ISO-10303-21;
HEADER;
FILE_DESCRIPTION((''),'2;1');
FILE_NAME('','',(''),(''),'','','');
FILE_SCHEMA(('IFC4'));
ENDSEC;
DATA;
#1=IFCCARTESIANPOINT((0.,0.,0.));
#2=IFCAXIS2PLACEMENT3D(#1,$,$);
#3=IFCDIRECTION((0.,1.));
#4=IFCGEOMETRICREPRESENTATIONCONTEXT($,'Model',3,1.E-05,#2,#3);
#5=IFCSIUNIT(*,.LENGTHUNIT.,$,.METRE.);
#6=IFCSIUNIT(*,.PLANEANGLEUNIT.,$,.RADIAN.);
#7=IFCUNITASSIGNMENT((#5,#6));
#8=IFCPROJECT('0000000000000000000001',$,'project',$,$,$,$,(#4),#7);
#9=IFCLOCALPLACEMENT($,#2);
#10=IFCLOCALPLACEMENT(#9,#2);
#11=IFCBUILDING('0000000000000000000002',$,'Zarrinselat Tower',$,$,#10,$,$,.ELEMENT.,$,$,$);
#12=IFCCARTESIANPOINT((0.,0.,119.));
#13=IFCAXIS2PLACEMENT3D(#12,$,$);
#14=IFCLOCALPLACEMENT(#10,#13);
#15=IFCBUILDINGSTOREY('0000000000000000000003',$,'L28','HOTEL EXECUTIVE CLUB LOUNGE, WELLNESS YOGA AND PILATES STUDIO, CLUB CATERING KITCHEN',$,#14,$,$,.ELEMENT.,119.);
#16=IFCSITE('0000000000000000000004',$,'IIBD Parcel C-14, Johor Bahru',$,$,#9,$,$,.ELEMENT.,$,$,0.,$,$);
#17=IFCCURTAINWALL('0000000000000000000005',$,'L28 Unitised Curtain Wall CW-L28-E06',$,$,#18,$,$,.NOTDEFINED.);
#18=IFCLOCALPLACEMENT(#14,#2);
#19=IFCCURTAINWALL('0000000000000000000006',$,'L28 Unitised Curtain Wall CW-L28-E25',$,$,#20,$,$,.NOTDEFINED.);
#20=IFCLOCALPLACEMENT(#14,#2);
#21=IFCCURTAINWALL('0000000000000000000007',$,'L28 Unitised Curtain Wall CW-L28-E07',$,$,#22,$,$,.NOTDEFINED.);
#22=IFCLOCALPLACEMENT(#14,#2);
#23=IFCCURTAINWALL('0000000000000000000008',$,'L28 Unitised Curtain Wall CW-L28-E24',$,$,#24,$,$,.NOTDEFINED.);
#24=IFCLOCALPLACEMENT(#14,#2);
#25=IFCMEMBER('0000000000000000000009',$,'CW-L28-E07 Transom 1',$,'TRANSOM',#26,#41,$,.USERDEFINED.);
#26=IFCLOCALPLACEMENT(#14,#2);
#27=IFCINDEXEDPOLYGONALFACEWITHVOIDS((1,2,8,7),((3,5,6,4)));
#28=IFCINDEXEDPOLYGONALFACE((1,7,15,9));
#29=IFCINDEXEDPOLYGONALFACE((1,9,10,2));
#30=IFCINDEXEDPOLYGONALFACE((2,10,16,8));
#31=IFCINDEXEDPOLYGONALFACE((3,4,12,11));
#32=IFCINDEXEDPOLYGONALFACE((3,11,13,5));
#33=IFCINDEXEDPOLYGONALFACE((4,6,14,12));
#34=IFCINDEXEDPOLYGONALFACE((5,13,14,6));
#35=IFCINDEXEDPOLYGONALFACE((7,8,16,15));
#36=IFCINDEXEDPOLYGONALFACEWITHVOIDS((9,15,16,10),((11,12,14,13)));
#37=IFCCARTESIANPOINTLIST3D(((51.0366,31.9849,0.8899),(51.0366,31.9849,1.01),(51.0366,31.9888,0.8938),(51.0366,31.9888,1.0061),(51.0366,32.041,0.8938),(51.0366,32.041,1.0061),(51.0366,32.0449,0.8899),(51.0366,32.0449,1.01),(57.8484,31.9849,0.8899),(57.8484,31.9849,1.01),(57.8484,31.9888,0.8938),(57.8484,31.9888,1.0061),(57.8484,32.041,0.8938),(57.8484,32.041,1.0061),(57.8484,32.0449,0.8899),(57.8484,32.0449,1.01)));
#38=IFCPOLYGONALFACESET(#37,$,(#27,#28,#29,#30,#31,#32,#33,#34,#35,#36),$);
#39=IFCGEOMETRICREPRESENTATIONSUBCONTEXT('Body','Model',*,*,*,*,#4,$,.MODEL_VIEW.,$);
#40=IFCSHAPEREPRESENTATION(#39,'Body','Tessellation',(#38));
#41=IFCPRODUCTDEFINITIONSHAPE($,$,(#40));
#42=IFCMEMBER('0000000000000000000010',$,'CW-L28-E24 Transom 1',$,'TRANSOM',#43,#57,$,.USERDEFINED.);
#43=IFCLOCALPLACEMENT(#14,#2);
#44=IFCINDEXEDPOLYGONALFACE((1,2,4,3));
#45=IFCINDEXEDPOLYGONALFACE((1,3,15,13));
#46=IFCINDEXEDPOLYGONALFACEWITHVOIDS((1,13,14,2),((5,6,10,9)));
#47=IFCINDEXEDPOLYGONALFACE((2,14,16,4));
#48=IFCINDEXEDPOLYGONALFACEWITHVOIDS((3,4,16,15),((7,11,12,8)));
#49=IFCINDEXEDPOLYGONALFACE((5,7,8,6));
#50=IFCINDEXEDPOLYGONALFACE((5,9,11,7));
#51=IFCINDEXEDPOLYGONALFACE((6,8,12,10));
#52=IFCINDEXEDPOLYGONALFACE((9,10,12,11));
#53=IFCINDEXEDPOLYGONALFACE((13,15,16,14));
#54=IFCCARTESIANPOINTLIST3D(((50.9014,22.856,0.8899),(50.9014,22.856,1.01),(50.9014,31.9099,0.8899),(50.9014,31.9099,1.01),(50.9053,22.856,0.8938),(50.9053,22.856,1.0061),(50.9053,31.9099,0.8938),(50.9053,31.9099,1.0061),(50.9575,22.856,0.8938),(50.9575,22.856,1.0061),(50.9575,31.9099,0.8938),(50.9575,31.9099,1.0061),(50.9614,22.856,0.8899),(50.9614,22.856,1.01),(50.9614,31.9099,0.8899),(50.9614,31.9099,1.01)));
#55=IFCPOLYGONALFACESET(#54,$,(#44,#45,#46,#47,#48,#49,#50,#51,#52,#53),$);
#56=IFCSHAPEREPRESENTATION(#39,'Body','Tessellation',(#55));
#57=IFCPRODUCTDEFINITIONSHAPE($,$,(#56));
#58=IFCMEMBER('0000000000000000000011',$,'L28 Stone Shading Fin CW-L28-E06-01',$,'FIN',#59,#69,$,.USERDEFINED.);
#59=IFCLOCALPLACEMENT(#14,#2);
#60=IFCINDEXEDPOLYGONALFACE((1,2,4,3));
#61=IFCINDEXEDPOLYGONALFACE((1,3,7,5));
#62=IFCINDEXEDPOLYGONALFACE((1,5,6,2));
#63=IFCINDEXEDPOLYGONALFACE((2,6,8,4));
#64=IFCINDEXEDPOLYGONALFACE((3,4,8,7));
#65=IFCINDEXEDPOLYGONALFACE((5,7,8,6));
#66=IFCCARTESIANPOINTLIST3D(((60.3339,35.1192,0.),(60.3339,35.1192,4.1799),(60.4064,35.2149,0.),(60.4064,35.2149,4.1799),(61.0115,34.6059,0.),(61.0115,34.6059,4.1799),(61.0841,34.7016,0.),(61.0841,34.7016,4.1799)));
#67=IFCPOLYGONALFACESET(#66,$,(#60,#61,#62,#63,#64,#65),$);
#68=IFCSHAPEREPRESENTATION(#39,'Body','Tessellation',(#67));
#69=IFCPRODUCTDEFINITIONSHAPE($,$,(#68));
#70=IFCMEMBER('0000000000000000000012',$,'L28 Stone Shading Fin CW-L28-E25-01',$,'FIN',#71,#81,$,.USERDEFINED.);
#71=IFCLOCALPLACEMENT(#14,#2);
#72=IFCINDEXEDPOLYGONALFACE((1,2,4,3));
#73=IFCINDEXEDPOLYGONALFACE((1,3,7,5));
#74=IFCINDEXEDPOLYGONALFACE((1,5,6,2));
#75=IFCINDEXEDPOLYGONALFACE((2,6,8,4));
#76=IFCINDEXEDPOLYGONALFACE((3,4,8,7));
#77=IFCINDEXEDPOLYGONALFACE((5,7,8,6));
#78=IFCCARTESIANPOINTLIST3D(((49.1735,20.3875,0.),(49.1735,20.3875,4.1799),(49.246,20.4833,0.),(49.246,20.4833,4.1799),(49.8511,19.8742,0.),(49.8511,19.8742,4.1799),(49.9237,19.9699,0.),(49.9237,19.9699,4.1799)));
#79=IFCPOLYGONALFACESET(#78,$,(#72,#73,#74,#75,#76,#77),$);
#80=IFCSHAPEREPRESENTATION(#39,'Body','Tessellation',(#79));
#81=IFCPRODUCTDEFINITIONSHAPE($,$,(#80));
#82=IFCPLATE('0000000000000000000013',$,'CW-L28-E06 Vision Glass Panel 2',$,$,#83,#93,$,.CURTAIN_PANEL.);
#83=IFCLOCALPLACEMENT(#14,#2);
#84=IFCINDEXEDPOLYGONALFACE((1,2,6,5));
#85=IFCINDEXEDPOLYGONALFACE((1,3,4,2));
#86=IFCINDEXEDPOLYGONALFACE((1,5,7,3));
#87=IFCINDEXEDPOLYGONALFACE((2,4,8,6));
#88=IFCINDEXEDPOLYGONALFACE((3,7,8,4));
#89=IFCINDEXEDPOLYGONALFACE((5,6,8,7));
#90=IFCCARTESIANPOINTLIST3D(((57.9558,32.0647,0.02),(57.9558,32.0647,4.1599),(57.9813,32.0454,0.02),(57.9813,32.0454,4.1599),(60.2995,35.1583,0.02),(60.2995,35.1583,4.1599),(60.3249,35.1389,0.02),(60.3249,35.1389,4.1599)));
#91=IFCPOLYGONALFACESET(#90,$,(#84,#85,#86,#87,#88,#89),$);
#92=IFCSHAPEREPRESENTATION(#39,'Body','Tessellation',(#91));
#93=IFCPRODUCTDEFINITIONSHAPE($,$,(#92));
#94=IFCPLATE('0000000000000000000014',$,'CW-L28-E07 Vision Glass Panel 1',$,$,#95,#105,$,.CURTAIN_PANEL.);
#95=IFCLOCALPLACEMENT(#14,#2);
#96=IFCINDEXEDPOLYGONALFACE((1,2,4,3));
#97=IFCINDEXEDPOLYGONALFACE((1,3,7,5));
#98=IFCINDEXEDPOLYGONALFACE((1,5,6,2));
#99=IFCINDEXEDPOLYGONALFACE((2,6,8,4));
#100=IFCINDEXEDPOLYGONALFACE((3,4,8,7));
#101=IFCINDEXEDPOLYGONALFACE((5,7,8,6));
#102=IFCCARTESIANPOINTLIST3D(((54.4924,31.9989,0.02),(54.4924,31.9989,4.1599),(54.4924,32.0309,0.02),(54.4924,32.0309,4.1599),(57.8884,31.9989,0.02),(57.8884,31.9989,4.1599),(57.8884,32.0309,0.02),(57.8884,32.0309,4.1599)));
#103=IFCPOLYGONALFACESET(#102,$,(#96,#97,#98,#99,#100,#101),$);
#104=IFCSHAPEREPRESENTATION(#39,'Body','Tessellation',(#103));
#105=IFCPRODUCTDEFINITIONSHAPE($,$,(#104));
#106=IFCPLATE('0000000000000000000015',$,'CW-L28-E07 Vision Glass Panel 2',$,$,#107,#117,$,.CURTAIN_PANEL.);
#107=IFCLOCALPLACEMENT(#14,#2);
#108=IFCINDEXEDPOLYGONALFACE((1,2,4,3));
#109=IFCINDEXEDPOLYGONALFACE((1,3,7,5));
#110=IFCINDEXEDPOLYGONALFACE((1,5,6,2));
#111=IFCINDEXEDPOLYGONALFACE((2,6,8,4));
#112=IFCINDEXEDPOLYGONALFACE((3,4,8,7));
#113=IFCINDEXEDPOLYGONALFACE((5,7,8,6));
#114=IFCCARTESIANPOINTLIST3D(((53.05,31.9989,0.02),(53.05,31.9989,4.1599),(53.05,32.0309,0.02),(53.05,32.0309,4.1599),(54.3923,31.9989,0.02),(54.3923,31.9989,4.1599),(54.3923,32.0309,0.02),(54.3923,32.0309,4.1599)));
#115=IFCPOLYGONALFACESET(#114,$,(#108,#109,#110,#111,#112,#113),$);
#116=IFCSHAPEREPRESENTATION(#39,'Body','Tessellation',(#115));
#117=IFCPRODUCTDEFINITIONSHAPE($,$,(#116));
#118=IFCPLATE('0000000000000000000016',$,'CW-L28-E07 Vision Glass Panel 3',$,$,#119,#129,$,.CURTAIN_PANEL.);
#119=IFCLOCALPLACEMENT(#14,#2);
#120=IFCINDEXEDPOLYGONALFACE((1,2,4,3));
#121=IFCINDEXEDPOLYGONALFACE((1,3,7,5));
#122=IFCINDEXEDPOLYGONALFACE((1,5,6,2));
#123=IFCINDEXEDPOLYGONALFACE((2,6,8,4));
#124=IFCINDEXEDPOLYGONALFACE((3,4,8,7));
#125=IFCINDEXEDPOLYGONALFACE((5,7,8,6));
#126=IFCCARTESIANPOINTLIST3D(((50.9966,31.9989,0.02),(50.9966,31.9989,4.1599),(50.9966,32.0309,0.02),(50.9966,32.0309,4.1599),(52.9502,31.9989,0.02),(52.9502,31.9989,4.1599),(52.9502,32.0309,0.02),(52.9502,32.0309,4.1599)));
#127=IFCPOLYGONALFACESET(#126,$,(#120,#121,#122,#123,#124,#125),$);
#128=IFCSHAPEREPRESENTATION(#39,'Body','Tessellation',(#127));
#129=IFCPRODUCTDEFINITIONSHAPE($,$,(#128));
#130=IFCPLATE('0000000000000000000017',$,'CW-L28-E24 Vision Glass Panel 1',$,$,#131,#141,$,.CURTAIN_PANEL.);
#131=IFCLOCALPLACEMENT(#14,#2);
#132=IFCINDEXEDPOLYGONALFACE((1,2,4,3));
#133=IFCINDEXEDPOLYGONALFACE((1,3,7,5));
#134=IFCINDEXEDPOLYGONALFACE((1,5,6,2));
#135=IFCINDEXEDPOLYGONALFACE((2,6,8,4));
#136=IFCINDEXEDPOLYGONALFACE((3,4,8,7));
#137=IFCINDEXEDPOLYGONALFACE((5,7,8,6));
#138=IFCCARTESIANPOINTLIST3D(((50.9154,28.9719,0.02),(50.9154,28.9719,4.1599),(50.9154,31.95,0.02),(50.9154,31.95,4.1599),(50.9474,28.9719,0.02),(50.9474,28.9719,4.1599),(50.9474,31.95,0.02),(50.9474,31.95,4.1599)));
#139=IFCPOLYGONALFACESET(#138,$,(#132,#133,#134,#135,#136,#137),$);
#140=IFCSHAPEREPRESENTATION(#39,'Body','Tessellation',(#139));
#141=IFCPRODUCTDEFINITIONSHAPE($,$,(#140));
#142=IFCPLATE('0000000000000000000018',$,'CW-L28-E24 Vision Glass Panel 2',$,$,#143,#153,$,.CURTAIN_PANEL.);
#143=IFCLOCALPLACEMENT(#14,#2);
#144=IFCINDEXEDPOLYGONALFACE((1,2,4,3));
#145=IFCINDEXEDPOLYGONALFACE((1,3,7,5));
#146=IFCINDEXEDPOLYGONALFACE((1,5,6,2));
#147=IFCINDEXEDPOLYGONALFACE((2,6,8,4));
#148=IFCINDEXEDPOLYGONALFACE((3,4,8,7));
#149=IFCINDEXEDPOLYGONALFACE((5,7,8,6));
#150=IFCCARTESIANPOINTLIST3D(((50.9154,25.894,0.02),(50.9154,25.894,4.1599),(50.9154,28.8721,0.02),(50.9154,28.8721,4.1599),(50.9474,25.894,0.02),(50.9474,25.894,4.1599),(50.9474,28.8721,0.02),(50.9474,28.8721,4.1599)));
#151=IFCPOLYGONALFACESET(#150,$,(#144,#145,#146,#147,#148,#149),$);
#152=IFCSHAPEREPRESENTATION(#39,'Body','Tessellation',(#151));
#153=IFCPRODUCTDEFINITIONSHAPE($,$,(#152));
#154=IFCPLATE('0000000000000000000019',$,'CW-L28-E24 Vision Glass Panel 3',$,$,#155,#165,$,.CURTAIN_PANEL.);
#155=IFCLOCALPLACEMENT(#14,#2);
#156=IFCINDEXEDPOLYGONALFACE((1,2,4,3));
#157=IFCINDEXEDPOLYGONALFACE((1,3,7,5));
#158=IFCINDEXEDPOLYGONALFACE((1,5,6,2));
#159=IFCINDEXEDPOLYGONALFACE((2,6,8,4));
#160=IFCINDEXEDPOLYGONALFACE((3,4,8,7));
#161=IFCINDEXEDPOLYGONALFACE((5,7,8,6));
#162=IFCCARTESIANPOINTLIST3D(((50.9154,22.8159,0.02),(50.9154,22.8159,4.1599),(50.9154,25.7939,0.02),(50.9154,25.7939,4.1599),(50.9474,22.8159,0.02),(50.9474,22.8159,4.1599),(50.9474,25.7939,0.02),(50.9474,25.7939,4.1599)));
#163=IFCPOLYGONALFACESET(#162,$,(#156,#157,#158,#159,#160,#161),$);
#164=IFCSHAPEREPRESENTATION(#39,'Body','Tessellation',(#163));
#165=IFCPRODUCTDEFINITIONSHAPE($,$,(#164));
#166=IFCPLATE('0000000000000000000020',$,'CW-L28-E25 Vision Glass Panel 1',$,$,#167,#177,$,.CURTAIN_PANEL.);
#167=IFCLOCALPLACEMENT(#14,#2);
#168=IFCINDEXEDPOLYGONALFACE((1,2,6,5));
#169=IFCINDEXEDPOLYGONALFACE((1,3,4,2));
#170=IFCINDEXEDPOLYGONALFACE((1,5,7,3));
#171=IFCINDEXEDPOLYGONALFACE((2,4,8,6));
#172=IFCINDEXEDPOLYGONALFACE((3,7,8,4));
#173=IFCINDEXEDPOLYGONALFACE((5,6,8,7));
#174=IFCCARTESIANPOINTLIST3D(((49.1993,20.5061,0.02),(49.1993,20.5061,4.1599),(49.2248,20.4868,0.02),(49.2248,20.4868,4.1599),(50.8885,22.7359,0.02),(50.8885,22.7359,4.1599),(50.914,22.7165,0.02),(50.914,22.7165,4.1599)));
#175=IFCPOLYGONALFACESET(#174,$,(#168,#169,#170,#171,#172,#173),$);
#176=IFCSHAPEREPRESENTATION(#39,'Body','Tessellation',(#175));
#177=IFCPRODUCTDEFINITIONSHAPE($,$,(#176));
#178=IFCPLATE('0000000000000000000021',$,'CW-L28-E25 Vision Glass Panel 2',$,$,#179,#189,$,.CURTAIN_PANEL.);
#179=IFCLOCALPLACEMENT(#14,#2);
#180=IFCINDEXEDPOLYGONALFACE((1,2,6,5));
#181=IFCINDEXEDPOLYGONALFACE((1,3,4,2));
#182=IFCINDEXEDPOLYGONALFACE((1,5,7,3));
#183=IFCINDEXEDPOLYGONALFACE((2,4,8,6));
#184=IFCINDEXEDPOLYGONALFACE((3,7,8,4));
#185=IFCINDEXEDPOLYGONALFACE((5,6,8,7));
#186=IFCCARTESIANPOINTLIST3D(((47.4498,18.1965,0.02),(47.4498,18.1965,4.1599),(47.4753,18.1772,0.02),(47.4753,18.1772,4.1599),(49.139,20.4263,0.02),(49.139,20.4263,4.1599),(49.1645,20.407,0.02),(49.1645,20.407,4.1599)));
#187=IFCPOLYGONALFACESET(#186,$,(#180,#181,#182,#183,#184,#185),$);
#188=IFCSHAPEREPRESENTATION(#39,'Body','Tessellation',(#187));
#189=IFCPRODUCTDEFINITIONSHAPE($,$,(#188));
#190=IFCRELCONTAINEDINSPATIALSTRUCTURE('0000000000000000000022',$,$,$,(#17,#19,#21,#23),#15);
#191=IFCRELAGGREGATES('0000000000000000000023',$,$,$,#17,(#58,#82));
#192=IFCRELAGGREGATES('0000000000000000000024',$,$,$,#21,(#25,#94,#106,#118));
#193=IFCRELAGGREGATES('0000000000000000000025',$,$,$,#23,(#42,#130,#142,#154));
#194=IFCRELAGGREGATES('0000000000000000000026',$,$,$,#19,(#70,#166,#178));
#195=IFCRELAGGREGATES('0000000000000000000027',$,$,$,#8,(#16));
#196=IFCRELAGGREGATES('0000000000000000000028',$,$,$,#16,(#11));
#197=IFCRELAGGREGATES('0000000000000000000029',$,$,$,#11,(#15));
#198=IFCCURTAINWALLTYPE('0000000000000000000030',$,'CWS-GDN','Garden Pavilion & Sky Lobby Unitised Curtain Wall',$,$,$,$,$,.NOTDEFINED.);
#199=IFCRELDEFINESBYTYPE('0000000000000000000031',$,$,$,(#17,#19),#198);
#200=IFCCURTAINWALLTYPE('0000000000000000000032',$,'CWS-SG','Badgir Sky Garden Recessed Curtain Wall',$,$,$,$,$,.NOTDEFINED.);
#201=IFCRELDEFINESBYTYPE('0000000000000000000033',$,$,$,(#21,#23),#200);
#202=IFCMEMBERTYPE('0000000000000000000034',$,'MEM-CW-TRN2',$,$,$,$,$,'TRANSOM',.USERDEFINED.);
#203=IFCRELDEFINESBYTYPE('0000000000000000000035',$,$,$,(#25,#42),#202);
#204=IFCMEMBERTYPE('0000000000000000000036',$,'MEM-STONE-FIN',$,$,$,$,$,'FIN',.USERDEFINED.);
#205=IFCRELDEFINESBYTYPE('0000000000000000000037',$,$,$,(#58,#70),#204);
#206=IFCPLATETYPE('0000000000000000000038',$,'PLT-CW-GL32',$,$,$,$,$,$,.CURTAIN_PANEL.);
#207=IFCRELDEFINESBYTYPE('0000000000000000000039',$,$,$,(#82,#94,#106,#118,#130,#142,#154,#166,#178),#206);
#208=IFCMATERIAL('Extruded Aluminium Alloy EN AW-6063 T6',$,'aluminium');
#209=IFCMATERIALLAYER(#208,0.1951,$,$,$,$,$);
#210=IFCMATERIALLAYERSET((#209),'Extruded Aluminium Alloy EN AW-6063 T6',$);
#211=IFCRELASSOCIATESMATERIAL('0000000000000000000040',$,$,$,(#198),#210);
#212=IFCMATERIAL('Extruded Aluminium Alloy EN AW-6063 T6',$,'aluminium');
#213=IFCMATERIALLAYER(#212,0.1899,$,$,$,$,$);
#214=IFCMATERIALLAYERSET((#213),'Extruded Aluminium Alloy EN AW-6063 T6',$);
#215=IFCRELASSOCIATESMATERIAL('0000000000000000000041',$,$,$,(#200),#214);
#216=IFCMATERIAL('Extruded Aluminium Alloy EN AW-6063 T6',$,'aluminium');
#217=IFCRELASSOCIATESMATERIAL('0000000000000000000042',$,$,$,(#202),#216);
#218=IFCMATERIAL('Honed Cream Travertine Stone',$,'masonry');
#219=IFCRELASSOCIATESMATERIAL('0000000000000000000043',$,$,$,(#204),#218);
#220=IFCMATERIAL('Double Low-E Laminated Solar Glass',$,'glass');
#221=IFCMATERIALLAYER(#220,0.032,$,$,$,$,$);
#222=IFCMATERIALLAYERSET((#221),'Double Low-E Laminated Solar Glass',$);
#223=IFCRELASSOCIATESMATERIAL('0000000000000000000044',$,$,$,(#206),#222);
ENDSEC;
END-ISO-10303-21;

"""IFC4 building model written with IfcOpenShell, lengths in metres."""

from ifc_helpers import new_model, si_unit, direction, frame, origin, origin_2d, place, context, subcontext, project, spatial, rectangle, hollow_rectangle, extrude, material, layer, layer_set, material_profile, profile_set, type_object, element, aggregate, save


model = new_model("IFC4")

# Units and contexts
model_context = context("Model", 3, precision=1e-05, world=origin(), true_north=direction((0.0, 1.0)))
body_context = subcontext(model_context, "Body", "Model", "MODEL_VIEW")
ifc_project = project(units=[si_unit("LENGTHUNIT", "METRE"), si_unit("PLANEANGLEUNIT", "RADIAN")], contexts=[model_context])

# Site, building, storey
site_placement = place(None, origin())
site = spatial("IfcSite", under=ifc_project, at=site_placement, Name="IIBD Parcel C-14, Johor Bahru", CompositionType="ELEMENT", RefElevation=0.0)
building_placement = place(site_placement, origin())
building = spatial("IfcBuilding", under=site, at=building_placement, Name="Zarrinselat Tower", CompositionType="ELEMENT")
storey_placement = place(building_placement, frame((0.0, 0.0, 119.0)))
storey = spatial("IfcBuildingStorey", under=building, at=storey_placement, Name="L28", Description="HOTEL EXECUTIVE CLUB LOUNGE, WELLNESS YOGA AND PILATES STUDIO, CLUB CATERING KITCHEN", CompositionType="ELEMENT", Elevation=119.0)

# Curtain wall
ifc_material_1 = material(Name="Extruded Aluminium Alloy EN AW-6063 T6", Category="aluminium")
ifc_layer_1 = layer(ifc_material_1, 0.1951)
ifc_layer_set_1 = layer_set([ifc_layer_1], Name="Extruded Aluminium Alloy EN AW-6063 T6")
curtain_wall_type_1 = type_object("IfcCurtainWallType", Name="CWS-GDN", Description="Garden Pavilion & Sky Lobby Unitised Curtain Wall", PredefinedType="NOTDEFINED", material=ifc_layer_set_1)
curtain_wall_1_placement = place(storey_placement, origin())
curtain_wall_1 = element("IfcCurtainWall", 1, at=curtain_wall_1_placement, inside=storey, type_object=curtain_wall_type_1, Name="L28 Unitised Curtain Wall CW-L28-E06", PredefinedType="NOTDEFINED")

# Curtain wall
curtain_wall_2_placement = place(storey_placement, origin())
curtain_wall_2 = element("IfcCurtainWall", 2, at=curtain_wall_2_placement, inside=storey, type_object=curtain_wall_type_1, Name="L28 Unitised Curtain Wall CW-L28-E25", PredefinedType="NOTDEFINED")

# Curtain walls
ifc_material_2 = material(Name="Extruded Aluminium Alloy EN AW-6063 T6", Category="aluminium")
ifc_layer_2 = layer(ifc_material_2, 0.1899)
ifc_layer_set_2 = layer_set([ifc_layer_2], Name="Extruded Aluminium Alloy EN AW-6063 T6")
curtain_wall_type_2 = type_object("IfcCurtainWallType", Name="CWS-SG", Description="Badgir Sky Garden Recessed Curtain Wall", PredefinedType="NOTDEFINED", material=ifc_layer_set_2)
curtain_wall_3_placement = place(storey_placement, origin())
curtain_wall_3 = element("IfcCurtainWall", 3, at=curtain_wall_3_placement, inside=storey, type_object=curtain_wall_type_2, Name="L28 Unitised Curtain Wall CW-L28-E07", PredefinedType="NOTDEFINED")
curtain_wall_4_placement = place(storey_placement, origin())
curtain_wall_4 = element("IfcCurtainWall", 4, at=curtain_wall_4_placement, inside=storey, type_object=curtain_wall_type_2, Name="L28 Unitised Curtain Wall CW-L28-E24", PredefinedType="NOTDEFINED")

# Members
ifc_material_3 = material(Name="Extruded Aluminium Alloy EN AW-6063 T6", Category="aluminium")
ifc_material_profile_1 = material_profile(ifc_material_3, hollow_rectangle(XDim=0.0601, YDim=0.1201, WallThickness=0.0039, at=origin_2d()), Name="RHS 120x60x4")
ifc_profile_set_1 = profile_set([ifc_material_profile_1], Name="Extruded Aluminium Alloy EN AW-6063 T6")
member_type_1 = type_object("IfcMemberType", Name="MEM-CW-TRN2", ElementType="TRANSOM", PredefinedType="USERDEFINED", material=ifc_profile_set_1)
member_1_placement = place(storey_placement, frame((57.8484, 32.0149, 0.95), z_axis=(-1.0, 0.0, 0.0), x_axis=(0.0, -1.0, 0.0)))
member_1 = element("IfcMember", 5, at=member_1_placement, type_object=member_type_1, Name="CW-L28-E07 Transom 1", ObjectType="TRANSOM", PredefinedType="USERDEFINED", context=body_context, shape_type="SweptSolid", body=[
    extrude(hollow_rectangle(XDim=0.0601, YDim=0.1201, WallThickness=0.0039, at=origin_2d()), origin(), (0.0, 0.0, 1.0), 6.8118),
])
member_2_placement = place(storey_placement, frame((50.9314, 31.9099, 0.95), z_axis=(0.0, -1.0, 0.0), x_axis=(1.0, 0.0, 0.0)))
member_2 = element("IfcMember", 6, at=member_2_placement, type_object=member_type_1, Name="CW-L28-E24 Transom 1", ObjectType="TRANSOM", PredefinedType="USERDEFINED", context=body_context, shape_type="SweptSolid", body=[
    extrude(hollow_rectangle(XDim=0.0601, YDim=0.1201, WallThickness=0.0039, at=origin_2d()), origin(), (0.0, 0.0, 1.0), 9.054),
])
ifc_material_4 = material(Name="Honed Cream Travertine Stone", Category="masonry")
ifc_material_profile_2 = material_profile(ifc_material_4, rectangle(XDim=0.1201, YDim=0.8501, at=origin_2d()), Name="FIN 850x120")
ifc_profile_set_2 = profile_set([ifc_material_profile_2], Name="Honed Cream Travertine Stone")
member_type_2 = type_object("IfcMemberType", Name="MEM-STONE-FIN", ElementType="FIN", PredefinedType="USERDEFINED", material=ifc_profile_set_2)
member_3_placement = place(storey_placement, frame((60.709, 34.9104, 0.0), z_axis=(0.0, 0.0, 1.0), x_axis=(-0.60386, -0.79709, 0.0)))
member_3 = element("IfcMember", 7, at=member_3_placement, type_object=member_type_2, Name="L28 Stone Shading Fin CW-L28-E06-01", ObjectType="FIN", PredefinedType="USERDEFINED", context=body_context, shape_type="SweptSolid", body=[
    extrude(rectangle(XDim=0.1201, YDim=0.8501, at=origin_2d()), origin(), (0.0, 0.0, 1.0), 4.1799),
])
member_4_placement = place(storey_placement, frame((49.5486, 20.1787, 0.0), z_axis=(0.0, 0.0, 1.0), x_axis=(-0.60386, -0.79709, 0.0)))
member_4 = element("IfcMember", 8, at=member_4_placement, type_object=member_type_2, Name="L28 Stone Shading Fin CW-L28-E25-01", ObjectType="FIN", PredefinedType="USERDEFINED", context=body_context, shape_type="SweptSolid", body=[
    extrude(rectangle(XDim=0.1201, YDim=0.8501, at=origin_2d()), origin(), (0.0, 0.0, 1.0), 4.1799),
])

# Plates
ifc_material_5 = material(Name="Double Low-E Laminated Solar Glass", Category="glass")
ifc_layer_3 = layer(ifc_material_5, 0.032)
ifc_layer_set_3 = layer_set([ifc_layer_3], Name="Double Low-E Laminated Solar Glass")
plate_type = type_object("IfcPlateType", Name="PLT-CW-GL32", PredefinedType="CURTAIN_PANEL", material=ifc_layer_set_3)
plate_1_placement = place(storey_placement, frame((59.1404, 33.6018, 0.02), z_axis=(0.0, 0.0, 1.0), x_axis=(-0.60386, -0.79709, 0.0)))
plate_1 = element("IfcPlate", 9, at=plate_1_placement, type_object=plate_type, Name="CW-L28-E06 Vision Glass Panel 2", PredefinedType="CURTAIN_PANEL", context=body_context, shape_type="SweptSolid", body=[
    extrude(rectangle(XDim=3.8811, YDim=0.032, at=origin_2d()), origin(), (0.0, 0.0, 1.0), 4.1399),
])
aggregate(curtain_wall_1, [member_3, plate_1])
plate_2_placement = place(storey_placement, frame((56.1904, 32.0149, 0.02), z_axis=(0.0, 0.0, 1.0), x_axis=(-1.0, 0.0, 0.0)))
plate_2 = element("IfcPlate", 10, at=plate_2_placement, type_object=plate_type, Name="CW-L28-E07 Vision Glass Panel 1", PredefinedType="CURTAIN_PANEL", context=body_context, shape_type="SweptSolid", body=[
    extrude(rectangle(XDim=3.396, YDim=0.032, at=origin_2d()), origin(), (0.0, 0.0, 1.0), 4.1399),
])
plate_3_placement = place(storey_placement, frame((53.7212, 32.0149, 0.02), z_axis=(0.0, 0.0, 1.0), x_axis=(-1.0, 0.0, 0.0)))
plate_3 = element("IfcPlate", 11, at=plate_3_placement, type_object=plate_type, Name="CW-L28-E07 Vision Glass Panel 2", PredefinedType="CURTAIN_PANEL", context=body_context, shape_type="SweptSolid", body=[
    extrude(rectangle(XDim=1.3423, YDim=0.032, at=origin_2d()), origin(), (0.0, 0.0, 1.0), 4.1399),
])
plate_4_placement = place(storey_placement, frame((51.9734, 32.0149, 0.02), z_axis=(0.0, 0.0, 1.0), x_axis=(-1.0, 0.0, 0.0)))
plate_4 = element("IfcPlate", 12, at=plate_4_placement, type_object=plate_type, Name="CW-L28-E07 Vision Glass Panel 3", PredefinedType="CURTAIN_PANEL", context=body_context, shape_type="SweptSolid", body=[
    extrude(rectangle(XDim=1.9536, YDim=0.032, at=origin_2d()), origin(), (0.0, 0.0, 1.0), 4.1399),
])
aggregate(curtain_wall_3, [member_1, plate_2, plate_3, plate_4])
plate_5_placement = place(storey_placement, frame((50.9314, 30.4609, 0.02), z_axis=(0.0, 0.0, 1.0), x_axis=(0.0, -1.0, 0.0)))
plate_5 = element("IfcPlate", 13, at=plate_5_placement, type_object=plate_type, Name="CW-L28-E24 Vision Glass Panel 1", PredefinedType="CURTAIN_PANEL", context=body_context, shape_type="SweptSolid", body=[
    extrude(rectangle(XDim=2.978, YDim=0.032, at=origin_2d()), origin(), (0.0, 0.0, 1.0), 4.1399),
])
plate_6_placement = place(storey_placement, frame((50.9314, 27.3831, 0.02), z_axis=(0.0, 0.0, 1.0), x_axis=(0.0, -1.0, 0.0)))
plate_6 = element("IfcPlate", 14, at=plate_6_placement, type_object=plate_type, Name="CW-L28-E24 Vision Glass Panel 2", PredefinedType="CURTAIN_PANEL", context=body_context, shape_type="SweptSolid", body=[
    extrude(rectangle(XDim=2.978, YDim=0.032, at=origin_2d()), origin(), (0.0, 0.0, 1.0), 4.1399),
])
plate_7_placement = place(storey_placement, frame((50.9314, 24.3049, 0.02), z_axis=(0.0, 0.0, 1.0), x_axis=(0.0, -1.0, 0.0)))
plate_7 = element("IfcPlate", 15, at=plate_7_placement, type_object=plate_type, Name="CW-L28-E24 Vision Glass Panel 3", PredefinedType="CURTAIN_PANEL", context=body_context, shape_type="SweptSolid", body=[
    extrude(rectangle(XDim=2.978, YDim=0.032, at=origin_2d()), origin(), (0.0, 0.0, 1.0), 4.1399),
])
aggregate(curtain_wall_4, [member_2, plate_5, plate_6, plate_7])
plate_8_placement = place(storey_placement, frame((50.0566, 21.6113, 0.02), z_axis=(0.0, 0.0, 1.0), x_axis=(-0.60386, -0.79709, 0.0)))
plate_8 = element("IfcPlate", 16, at=plate_8_placement, type_object=plate_type, Name="CW-L28-E25 Vision Glass Panel 1", PredefinedType="CURTAIN_PANEL", context=body_context, shape_type="SweptSolid", body=[
    extrude(rectangle(XDim=2.7974, YDim=0.032, at=origin_2d()), origin(), (0.0, 0.0, 1.0), 4.1399),
])
plate_9_placement = place(storey_placement, frame((48.3071, 19.3018, 0.02), z_axis=(0.0, 0.0, 1.0), x_axis=(-0.60386, -0.79709, 0.0)))
plate_9 = element("IfcPlate", 17, at=plate_9_placement, type_object=plate_type, Name="CW-L28-E25 Vision Glass Panel 2", PredefinedType="CURTAIN_PANEL", context=body_context, shape_type="SweptSolid", body=[
    extrude(rectangle(XDim=2.7974, YDim=0.032, at=origin_2d()), origin(), (0.0, 0.0, 1.0), 4.1399),
])
aggregate(curtain_wall_2, [member_4, plate_8, plate_9])

save(model, "model.ifc")
